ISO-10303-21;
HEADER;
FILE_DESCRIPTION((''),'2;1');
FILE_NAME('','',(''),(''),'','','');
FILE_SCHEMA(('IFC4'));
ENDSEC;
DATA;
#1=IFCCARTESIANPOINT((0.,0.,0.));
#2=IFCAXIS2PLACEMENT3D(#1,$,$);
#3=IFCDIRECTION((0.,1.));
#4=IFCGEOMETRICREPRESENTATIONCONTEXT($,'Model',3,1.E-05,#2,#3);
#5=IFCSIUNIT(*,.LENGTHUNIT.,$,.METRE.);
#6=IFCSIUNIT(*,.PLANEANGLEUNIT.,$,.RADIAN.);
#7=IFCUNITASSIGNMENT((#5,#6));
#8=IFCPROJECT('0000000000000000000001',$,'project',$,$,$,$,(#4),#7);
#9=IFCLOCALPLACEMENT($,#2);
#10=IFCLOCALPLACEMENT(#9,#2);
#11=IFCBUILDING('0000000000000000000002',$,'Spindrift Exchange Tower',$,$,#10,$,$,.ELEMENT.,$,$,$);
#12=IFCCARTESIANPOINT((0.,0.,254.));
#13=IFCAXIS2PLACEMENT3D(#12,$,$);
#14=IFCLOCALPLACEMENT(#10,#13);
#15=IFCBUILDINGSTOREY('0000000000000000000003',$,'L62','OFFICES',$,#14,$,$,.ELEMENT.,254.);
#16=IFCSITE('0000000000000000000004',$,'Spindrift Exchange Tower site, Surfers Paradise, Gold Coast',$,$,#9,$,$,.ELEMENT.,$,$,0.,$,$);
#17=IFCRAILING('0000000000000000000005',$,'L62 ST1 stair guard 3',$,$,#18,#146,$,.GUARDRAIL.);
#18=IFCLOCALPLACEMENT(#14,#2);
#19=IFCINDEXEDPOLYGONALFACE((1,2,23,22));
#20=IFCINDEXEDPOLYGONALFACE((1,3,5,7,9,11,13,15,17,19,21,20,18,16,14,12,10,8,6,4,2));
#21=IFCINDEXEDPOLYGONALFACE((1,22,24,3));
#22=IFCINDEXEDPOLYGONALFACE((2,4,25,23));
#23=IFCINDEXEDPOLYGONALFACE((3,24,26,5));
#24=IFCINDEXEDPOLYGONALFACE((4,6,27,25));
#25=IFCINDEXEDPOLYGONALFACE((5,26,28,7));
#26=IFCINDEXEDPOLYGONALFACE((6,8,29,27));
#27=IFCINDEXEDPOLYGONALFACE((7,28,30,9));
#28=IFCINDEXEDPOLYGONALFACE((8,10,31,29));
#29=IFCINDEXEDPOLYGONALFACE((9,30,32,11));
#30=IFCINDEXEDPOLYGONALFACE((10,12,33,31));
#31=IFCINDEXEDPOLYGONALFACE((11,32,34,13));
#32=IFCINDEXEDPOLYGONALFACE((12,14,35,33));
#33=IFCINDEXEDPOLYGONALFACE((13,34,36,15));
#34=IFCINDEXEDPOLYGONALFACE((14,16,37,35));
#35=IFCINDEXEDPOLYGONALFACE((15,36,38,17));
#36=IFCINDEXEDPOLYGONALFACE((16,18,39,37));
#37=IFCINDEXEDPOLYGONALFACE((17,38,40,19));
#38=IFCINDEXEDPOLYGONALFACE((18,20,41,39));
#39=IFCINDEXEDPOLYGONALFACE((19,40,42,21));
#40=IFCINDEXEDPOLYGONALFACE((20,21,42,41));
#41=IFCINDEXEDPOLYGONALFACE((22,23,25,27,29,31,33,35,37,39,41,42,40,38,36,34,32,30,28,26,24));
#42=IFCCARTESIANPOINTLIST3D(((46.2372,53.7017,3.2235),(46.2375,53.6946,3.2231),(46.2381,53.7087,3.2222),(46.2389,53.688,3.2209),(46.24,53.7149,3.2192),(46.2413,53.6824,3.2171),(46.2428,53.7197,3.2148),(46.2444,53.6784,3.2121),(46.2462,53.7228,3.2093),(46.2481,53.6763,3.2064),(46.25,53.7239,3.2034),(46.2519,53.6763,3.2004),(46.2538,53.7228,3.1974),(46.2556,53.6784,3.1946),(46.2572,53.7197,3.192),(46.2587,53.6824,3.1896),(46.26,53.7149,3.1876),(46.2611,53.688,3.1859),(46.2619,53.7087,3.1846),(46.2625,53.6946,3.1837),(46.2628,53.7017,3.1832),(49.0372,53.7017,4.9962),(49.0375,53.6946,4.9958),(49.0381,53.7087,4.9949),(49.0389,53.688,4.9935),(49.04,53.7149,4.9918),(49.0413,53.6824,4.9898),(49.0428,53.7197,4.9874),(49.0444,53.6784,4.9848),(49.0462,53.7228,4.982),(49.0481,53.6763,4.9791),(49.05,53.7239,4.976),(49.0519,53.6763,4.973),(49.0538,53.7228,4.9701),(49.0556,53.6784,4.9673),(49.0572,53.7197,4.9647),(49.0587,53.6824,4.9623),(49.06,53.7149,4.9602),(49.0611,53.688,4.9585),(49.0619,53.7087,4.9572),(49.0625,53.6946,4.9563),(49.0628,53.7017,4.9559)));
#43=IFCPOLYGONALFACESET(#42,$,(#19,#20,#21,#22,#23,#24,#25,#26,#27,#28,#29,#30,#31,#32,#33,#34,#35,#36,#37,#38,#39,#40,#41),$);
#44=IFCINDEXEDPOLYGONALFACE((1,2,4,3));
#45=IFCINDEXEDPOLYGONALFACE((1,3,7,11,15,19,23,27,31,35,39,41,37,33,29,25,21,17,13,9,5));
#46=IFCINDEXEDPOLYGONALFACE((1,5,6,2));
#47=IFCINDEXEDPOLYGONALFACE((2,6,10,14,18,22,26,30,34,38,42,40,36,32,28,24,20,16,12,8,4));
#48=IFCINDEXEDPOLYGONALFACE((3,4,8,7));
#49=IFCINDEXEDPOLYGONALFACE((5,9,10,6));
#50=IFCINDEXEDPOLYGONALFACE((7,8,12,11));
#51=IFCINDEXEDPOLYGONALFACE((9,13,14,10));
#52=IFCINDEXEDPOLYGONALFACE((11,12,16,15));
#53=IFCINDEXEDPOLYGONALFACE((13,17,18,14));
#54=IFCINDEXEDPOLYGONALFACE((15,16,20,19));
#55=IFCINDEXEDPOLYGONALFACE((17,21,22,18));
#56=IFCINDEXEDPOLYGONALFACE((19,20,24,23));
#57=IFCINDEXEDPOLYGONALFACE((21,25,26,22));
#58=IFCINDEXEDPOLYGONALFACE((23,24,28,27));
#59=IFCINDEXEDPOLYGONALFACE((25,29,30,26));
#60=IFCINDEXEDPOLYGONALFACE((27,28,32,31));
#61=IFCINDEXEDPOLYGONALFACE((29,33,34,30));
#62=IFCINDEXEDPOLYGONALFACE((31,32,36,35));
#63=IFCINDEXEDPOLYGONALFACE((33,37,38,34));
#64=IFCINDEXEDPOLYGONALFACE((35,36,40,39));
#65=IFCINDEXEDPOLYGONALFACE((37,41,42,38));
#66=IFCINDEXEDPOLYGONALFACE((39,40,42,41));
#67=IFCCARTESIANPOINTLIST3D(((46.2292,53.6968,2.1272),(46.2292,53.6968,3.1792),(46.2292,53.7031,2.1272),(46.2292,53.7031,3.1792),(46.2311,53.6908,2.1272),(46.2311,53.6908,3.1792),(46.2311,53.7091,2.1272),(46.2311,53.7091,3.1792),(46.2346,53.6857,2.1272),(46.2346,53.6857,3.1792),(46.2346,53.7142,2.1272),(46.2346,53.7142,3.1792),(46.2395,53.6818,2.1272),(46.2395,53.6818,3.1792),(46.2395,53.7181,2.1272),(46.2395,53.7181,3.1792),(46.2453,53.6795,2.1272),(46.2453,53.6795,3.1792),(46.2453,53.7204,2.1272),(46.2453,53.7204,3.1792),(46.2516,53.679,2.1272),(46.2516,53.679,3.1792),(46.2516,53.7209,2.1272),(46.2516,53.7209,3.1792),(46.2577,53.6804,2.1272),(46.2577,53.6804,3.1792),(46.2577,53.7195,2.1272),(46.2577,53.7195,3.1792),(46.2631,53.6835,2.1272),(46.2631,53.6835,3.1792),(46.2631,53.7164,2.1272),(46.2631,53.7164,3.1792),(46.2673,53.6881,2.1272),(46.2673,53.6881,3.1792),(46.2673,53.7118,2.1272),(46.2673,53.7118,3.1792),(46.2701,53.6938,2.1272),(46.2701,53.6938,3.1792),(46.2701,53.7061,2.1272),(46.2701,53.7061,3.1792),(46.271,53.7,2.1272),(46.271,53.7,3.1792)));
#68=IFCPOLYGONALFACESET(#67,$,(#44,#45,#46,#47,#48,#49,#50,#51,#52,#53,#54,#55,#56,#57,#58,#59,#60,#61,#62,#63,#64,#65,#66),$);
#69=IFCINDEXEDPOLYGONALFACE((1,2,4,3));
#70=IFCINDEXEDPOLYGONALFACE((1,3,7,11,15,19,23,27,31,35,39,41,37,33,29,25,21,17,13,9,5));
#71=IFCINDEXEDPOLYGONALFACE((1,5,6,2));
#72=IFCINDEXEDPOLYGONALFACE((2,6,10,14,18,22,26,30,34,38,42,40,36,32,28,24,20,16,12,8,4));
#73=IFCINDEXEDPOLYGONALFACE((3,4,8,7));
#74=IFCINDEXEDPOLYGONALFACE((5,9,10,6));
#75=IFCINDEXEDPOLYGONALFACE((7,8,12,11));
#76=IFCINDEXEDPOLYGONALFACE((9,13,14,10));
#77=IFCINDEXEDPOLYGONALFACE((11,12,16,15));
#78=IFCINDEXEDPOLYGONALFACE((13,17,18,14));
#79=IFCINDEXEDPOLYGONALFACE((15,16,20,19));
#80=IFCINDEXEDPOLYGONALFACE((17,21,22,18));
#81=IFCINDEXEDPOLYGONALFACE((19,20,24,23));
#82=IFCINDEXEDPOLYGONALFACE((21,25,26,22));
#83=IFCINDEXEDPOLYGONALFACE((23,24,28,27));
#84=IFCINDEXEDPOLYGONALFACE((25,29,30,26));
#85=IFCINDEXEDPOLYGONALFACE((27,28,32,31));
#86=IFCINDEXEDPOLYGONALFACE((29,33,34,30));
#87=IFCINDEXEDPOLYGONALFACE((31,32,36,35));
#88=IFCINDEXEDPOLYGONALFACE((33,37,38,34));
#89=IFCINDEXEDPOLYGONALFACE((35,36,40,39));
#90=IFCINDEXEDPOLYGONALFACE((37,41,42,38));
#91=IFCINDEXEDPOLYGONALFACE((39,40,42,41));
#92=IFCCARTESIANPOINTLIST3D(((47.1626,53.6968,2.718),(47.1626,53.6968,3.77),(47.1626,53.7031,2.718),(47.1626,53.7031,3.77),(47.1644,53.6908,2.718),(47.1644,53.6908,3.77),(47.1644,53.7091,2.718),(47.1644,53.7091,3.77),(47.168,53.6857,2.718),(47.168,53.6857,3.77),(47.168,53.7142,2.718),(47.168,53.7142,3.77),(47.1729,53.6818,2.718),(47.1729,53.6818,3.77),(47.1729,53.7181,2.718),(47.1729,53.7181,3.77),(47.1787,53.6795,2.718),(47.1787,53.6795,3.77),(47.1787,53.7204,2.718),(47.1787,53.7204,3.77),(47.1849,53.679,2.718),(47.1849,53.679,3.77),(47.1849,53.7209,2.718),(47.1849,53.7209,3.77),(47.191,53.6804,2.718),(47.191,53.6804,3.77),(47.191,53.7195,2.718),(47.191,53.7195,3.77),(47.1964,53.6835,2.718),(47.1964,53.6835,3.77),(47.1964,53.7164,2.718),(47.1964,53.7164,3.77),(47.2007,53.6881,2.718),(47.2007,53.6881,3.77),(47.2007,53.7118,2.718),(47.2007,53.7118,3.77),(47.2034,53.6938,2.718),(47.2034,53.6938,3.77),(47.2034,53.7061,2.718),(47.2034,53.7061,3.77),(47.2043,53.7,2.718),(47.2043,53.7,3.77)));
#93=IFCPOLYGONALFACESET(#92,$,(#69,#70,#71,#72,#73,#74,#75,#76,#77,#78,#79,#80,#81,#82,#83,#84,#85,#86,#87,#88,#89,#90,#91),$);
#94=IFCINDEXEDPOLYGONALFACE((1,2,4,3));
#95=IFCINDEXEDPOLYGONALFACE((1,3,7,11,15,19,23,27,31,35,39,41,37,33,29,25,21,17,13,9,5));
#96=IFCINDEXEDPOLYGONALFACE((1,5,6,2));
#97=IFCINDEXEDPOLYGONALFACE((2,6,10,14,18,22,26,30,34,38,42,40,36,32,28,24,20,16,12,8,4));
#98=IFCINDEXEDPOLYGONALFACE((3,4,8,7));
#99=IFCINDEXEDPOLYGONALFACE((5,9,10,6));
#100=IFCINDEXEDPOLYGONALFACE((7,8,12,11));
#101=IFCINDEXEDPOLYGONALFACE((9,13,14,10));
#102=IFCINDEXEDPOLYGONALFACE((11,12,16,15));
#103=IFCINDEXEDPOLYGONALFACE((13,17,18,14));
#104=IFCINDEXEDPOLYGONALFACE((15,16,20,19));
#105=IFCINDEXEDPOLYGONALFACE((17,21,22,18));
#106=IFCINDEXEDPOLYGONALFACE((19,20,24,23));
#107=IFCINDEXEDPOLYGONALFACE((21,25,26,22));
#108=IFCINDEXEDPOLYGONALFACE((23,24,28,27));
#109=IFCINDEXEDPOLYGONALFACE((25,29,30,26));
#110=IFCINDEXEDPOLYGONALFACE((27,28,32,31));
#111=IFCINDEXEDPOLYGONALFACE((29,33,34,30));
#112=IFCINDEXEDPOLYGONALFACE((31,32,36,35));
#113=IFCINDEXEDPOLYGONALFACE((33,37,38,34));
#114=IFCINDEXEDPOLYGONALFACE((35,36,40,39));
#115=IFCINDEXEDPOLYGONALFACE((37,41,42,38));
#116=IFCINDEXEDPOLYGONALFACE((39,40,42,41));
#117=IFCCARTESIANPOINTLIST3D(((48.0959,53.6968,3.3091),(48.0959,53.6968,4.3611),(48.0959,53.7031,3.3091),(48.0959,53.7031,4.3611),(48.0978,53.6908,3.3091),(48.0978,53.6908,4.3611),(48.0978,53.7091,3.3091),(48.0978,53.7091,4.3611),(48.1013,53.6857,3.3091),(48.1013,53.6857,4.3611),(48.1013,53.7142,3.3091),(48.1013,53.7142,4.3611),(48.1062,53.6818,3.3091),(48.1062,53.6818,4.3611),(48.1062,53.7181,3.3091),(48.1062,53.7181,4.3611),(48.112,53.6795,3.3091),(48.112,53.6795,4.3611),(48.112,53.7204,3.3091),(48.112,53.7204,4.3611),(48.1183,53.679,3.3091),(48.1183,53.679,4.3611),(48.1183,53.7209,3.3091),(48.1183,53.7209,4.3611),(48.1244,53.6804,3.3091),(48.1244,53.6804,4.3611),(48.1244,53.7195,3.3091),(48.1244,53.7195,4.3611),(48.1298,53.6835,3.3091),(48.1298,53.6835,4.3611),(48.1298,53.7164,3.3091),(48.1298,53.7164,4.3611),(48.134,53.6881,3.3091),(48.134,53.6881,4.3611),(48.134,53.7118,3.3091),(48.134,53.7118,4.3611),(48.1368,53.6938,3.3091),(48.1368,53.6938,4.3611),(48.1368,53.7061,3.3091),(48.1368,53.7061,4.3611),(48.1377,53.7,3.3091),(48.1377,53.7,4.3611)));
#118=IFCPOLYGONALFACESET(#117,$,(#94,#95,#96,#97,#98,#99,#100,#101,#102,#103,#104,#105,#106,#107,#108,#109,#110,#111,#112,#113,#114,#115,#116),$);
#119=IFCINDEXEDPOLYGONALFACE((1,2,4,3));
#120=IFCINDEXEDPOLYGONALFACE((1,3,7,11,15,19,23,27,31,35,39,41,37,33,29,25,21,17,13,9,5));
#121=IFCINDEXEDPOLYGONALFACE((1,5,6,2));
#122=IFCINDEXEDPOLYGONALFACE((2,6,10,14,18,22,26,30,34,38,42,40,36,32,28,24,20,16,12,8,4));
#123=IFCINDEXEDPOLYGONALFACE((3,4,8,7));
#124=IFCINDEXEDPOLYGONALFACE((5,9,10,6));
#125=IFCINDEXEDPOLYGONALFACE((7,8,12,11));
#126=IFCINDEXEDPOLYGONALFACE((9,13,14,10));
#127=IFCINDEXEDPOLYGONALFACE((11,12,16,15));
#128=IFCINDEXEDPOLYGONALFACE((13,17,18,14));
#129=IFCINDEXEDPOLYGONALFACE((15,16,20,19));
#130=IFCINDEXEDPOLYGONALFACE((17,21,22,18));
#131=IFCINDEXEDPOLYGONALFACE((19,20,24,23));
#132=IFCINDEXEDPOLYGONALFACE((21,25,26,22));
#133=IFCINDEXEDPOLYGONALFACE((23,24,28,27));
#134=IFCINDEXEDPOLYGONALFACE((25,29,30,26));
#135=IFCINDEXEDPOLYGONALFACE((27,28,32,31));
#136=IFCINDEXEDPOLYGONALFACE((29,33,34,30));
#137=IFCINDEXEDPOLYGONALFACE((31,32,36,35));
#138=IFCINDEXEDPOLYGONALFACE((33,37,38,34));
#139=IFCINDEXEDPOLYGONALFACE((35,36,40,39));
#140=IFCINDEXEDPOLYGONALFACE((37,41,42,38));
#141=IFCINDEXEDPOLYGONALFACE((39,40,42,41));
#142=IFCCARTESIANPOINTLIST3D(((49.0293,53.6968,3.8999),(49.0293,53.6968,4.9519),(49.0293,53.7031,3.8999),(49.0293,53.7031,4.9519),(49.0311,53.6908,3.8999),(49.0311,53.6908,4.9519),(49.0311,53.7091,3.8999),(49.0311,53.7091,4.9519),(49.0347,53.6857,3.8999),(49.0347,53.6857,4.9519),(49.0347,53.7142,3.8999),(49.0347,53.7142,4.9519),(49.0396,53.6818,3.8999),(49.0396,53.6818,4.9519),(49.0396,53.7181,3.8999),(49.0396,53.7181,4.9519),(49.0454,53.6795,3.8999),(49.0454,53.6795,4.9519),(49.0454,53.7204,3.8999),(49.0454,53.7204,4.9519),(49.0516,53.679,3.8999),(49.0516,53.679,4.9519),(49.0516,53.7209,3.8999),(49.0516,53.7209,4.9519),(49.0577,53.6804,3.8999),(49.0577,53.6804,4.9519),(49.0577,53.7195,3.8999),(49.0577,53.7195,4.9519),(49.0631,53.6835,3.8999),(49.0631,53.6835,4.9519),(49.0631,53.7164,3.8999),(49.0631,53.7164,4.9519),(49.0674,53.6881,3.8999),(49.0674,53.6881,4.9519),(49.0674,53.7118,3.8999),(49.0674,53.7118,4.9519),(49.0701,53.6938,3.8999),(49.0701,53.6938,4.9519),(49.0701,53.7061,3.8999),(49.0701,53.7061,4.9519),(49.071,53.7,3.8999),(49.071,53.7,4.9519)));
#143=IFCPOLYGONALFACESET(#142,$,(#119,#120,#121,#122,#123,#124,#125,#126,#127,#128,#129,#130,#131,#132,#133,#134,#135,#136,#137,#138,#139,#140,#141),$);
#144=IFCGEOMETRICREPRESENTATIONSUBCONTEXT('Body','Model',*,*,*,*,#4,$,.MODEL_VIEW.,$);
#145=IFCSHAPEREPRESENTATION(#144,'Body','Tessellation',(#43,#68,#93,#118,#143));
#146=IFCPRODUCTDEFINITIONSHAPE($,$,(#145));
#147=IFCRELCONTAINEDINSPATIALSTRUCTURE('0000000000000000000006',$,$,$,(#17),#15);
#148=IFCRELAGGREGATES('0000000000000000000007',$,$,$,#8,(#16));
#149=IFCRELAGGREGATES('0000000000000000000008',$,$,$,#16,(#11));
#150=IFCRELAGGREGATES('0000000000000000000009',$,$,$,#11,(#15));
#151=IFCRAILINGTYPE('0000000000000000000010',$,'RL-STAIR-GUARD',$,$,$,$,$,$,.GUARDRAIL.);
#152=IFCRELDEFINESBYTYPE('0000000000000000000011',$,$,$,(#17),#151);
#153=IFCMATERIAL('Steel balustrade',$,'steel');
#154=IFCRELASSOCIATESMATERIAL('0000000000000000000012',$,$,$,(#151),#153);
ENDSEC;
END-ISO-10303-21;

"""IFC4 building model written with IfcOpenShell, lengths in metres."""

from ifc_helpers import new_model, si_unit, direction, frame, origin, origin_2d, place, context, subcontext, project, spatial, circle, extrude, material, type_object, element, save


model = new_model("IFC4")

# Units and contexts
model_context = context("Model", 3, precision=1e-05, world=origin(), true_north=direction((0.0, 1.0)))
body_context = subcontext(model_context, "Body", "Model", "MODEL_VIEW")
ifc_project = project(units=[si_unit("LENGTHUNIT", "METRE"), si_unit("PLANEANGLEUNIT", "RADIAN")], contexts=[model_context])

# Site, building, storey
site_placement = place(None, origin())
site = spatial("IfcSite", under=ifc_project, at=site_placement, Name="Spindrift Exchange Tower site, Surfers Paradise, Gold Coast", CompositionType="ELEMENT", RefElevation=0.0)
building_placement = place(site_placement, origin())
building = spatial("IfcBuilding", under=site, at=building_placement, Name="Spindrift Exchange Tower", CompositionType="ELEMENT")
storey_placement = place(building_placement, frame((0.0, 0.0, 254.0)))
storey = spatial("IfcBuildingStorey", under=building, at=storey_placement, Name="L62", Description="OFFICES", CompositionType="ELEMENT", Elevation=254.0)

# Railing
ifc_material_1 = material(Name="Steel balustrade", Category="steel")
railing_type_1 = type_object("IfcRailingType", Name="RL-STAIR-GUARD", PredefinedType="GUARDRAIL", material=ifc_material_1)
railing_1_placement = place(storey_placement, frame((46.25, 53.7, 2.1272)))
element("IfcRailing", 1, at=railing_1_placement, inside=storey, type_object=railing_type_1, Name="L62 ST1 stair guard 3", PredefinedType="GUARDRAIL", context=body_context, shape_type="SweptSolid", body=[
    extrude(circle(Radius=0.0239, at=origin_2d()), frame((0.0, 0.0, 1.0762), z_axis=(0.844909, 0.0, 0.53491), x_axis=(0.0, 1.0, 0.0)), (0.0, 0.0, 1.0), 3.314),
    extrude(circle(Radius=0.021, at=origin_2d()), origin(), (0.0, 0.0, 1.0), 1.052),
    extrude(circle(Radius=0.021, at=origin_2d()), frame((0.9333, 0.0, 0.5908)), (0.0, 0.0, 1.0), 1.052),
    extrude(circle(Radius=0.021, at=origin_2d()), frame((1.8667, 0.0, 1.1819)), (0.0, 0.0, 1.0), 1.052),
    extrude(circle(Radius=0.021, at=origin_2d()), frame((2.8, 0.0, 1.7727)), (0.0, 0.0, 1.0), 1.052),
])

save(model, "model.ifc")
